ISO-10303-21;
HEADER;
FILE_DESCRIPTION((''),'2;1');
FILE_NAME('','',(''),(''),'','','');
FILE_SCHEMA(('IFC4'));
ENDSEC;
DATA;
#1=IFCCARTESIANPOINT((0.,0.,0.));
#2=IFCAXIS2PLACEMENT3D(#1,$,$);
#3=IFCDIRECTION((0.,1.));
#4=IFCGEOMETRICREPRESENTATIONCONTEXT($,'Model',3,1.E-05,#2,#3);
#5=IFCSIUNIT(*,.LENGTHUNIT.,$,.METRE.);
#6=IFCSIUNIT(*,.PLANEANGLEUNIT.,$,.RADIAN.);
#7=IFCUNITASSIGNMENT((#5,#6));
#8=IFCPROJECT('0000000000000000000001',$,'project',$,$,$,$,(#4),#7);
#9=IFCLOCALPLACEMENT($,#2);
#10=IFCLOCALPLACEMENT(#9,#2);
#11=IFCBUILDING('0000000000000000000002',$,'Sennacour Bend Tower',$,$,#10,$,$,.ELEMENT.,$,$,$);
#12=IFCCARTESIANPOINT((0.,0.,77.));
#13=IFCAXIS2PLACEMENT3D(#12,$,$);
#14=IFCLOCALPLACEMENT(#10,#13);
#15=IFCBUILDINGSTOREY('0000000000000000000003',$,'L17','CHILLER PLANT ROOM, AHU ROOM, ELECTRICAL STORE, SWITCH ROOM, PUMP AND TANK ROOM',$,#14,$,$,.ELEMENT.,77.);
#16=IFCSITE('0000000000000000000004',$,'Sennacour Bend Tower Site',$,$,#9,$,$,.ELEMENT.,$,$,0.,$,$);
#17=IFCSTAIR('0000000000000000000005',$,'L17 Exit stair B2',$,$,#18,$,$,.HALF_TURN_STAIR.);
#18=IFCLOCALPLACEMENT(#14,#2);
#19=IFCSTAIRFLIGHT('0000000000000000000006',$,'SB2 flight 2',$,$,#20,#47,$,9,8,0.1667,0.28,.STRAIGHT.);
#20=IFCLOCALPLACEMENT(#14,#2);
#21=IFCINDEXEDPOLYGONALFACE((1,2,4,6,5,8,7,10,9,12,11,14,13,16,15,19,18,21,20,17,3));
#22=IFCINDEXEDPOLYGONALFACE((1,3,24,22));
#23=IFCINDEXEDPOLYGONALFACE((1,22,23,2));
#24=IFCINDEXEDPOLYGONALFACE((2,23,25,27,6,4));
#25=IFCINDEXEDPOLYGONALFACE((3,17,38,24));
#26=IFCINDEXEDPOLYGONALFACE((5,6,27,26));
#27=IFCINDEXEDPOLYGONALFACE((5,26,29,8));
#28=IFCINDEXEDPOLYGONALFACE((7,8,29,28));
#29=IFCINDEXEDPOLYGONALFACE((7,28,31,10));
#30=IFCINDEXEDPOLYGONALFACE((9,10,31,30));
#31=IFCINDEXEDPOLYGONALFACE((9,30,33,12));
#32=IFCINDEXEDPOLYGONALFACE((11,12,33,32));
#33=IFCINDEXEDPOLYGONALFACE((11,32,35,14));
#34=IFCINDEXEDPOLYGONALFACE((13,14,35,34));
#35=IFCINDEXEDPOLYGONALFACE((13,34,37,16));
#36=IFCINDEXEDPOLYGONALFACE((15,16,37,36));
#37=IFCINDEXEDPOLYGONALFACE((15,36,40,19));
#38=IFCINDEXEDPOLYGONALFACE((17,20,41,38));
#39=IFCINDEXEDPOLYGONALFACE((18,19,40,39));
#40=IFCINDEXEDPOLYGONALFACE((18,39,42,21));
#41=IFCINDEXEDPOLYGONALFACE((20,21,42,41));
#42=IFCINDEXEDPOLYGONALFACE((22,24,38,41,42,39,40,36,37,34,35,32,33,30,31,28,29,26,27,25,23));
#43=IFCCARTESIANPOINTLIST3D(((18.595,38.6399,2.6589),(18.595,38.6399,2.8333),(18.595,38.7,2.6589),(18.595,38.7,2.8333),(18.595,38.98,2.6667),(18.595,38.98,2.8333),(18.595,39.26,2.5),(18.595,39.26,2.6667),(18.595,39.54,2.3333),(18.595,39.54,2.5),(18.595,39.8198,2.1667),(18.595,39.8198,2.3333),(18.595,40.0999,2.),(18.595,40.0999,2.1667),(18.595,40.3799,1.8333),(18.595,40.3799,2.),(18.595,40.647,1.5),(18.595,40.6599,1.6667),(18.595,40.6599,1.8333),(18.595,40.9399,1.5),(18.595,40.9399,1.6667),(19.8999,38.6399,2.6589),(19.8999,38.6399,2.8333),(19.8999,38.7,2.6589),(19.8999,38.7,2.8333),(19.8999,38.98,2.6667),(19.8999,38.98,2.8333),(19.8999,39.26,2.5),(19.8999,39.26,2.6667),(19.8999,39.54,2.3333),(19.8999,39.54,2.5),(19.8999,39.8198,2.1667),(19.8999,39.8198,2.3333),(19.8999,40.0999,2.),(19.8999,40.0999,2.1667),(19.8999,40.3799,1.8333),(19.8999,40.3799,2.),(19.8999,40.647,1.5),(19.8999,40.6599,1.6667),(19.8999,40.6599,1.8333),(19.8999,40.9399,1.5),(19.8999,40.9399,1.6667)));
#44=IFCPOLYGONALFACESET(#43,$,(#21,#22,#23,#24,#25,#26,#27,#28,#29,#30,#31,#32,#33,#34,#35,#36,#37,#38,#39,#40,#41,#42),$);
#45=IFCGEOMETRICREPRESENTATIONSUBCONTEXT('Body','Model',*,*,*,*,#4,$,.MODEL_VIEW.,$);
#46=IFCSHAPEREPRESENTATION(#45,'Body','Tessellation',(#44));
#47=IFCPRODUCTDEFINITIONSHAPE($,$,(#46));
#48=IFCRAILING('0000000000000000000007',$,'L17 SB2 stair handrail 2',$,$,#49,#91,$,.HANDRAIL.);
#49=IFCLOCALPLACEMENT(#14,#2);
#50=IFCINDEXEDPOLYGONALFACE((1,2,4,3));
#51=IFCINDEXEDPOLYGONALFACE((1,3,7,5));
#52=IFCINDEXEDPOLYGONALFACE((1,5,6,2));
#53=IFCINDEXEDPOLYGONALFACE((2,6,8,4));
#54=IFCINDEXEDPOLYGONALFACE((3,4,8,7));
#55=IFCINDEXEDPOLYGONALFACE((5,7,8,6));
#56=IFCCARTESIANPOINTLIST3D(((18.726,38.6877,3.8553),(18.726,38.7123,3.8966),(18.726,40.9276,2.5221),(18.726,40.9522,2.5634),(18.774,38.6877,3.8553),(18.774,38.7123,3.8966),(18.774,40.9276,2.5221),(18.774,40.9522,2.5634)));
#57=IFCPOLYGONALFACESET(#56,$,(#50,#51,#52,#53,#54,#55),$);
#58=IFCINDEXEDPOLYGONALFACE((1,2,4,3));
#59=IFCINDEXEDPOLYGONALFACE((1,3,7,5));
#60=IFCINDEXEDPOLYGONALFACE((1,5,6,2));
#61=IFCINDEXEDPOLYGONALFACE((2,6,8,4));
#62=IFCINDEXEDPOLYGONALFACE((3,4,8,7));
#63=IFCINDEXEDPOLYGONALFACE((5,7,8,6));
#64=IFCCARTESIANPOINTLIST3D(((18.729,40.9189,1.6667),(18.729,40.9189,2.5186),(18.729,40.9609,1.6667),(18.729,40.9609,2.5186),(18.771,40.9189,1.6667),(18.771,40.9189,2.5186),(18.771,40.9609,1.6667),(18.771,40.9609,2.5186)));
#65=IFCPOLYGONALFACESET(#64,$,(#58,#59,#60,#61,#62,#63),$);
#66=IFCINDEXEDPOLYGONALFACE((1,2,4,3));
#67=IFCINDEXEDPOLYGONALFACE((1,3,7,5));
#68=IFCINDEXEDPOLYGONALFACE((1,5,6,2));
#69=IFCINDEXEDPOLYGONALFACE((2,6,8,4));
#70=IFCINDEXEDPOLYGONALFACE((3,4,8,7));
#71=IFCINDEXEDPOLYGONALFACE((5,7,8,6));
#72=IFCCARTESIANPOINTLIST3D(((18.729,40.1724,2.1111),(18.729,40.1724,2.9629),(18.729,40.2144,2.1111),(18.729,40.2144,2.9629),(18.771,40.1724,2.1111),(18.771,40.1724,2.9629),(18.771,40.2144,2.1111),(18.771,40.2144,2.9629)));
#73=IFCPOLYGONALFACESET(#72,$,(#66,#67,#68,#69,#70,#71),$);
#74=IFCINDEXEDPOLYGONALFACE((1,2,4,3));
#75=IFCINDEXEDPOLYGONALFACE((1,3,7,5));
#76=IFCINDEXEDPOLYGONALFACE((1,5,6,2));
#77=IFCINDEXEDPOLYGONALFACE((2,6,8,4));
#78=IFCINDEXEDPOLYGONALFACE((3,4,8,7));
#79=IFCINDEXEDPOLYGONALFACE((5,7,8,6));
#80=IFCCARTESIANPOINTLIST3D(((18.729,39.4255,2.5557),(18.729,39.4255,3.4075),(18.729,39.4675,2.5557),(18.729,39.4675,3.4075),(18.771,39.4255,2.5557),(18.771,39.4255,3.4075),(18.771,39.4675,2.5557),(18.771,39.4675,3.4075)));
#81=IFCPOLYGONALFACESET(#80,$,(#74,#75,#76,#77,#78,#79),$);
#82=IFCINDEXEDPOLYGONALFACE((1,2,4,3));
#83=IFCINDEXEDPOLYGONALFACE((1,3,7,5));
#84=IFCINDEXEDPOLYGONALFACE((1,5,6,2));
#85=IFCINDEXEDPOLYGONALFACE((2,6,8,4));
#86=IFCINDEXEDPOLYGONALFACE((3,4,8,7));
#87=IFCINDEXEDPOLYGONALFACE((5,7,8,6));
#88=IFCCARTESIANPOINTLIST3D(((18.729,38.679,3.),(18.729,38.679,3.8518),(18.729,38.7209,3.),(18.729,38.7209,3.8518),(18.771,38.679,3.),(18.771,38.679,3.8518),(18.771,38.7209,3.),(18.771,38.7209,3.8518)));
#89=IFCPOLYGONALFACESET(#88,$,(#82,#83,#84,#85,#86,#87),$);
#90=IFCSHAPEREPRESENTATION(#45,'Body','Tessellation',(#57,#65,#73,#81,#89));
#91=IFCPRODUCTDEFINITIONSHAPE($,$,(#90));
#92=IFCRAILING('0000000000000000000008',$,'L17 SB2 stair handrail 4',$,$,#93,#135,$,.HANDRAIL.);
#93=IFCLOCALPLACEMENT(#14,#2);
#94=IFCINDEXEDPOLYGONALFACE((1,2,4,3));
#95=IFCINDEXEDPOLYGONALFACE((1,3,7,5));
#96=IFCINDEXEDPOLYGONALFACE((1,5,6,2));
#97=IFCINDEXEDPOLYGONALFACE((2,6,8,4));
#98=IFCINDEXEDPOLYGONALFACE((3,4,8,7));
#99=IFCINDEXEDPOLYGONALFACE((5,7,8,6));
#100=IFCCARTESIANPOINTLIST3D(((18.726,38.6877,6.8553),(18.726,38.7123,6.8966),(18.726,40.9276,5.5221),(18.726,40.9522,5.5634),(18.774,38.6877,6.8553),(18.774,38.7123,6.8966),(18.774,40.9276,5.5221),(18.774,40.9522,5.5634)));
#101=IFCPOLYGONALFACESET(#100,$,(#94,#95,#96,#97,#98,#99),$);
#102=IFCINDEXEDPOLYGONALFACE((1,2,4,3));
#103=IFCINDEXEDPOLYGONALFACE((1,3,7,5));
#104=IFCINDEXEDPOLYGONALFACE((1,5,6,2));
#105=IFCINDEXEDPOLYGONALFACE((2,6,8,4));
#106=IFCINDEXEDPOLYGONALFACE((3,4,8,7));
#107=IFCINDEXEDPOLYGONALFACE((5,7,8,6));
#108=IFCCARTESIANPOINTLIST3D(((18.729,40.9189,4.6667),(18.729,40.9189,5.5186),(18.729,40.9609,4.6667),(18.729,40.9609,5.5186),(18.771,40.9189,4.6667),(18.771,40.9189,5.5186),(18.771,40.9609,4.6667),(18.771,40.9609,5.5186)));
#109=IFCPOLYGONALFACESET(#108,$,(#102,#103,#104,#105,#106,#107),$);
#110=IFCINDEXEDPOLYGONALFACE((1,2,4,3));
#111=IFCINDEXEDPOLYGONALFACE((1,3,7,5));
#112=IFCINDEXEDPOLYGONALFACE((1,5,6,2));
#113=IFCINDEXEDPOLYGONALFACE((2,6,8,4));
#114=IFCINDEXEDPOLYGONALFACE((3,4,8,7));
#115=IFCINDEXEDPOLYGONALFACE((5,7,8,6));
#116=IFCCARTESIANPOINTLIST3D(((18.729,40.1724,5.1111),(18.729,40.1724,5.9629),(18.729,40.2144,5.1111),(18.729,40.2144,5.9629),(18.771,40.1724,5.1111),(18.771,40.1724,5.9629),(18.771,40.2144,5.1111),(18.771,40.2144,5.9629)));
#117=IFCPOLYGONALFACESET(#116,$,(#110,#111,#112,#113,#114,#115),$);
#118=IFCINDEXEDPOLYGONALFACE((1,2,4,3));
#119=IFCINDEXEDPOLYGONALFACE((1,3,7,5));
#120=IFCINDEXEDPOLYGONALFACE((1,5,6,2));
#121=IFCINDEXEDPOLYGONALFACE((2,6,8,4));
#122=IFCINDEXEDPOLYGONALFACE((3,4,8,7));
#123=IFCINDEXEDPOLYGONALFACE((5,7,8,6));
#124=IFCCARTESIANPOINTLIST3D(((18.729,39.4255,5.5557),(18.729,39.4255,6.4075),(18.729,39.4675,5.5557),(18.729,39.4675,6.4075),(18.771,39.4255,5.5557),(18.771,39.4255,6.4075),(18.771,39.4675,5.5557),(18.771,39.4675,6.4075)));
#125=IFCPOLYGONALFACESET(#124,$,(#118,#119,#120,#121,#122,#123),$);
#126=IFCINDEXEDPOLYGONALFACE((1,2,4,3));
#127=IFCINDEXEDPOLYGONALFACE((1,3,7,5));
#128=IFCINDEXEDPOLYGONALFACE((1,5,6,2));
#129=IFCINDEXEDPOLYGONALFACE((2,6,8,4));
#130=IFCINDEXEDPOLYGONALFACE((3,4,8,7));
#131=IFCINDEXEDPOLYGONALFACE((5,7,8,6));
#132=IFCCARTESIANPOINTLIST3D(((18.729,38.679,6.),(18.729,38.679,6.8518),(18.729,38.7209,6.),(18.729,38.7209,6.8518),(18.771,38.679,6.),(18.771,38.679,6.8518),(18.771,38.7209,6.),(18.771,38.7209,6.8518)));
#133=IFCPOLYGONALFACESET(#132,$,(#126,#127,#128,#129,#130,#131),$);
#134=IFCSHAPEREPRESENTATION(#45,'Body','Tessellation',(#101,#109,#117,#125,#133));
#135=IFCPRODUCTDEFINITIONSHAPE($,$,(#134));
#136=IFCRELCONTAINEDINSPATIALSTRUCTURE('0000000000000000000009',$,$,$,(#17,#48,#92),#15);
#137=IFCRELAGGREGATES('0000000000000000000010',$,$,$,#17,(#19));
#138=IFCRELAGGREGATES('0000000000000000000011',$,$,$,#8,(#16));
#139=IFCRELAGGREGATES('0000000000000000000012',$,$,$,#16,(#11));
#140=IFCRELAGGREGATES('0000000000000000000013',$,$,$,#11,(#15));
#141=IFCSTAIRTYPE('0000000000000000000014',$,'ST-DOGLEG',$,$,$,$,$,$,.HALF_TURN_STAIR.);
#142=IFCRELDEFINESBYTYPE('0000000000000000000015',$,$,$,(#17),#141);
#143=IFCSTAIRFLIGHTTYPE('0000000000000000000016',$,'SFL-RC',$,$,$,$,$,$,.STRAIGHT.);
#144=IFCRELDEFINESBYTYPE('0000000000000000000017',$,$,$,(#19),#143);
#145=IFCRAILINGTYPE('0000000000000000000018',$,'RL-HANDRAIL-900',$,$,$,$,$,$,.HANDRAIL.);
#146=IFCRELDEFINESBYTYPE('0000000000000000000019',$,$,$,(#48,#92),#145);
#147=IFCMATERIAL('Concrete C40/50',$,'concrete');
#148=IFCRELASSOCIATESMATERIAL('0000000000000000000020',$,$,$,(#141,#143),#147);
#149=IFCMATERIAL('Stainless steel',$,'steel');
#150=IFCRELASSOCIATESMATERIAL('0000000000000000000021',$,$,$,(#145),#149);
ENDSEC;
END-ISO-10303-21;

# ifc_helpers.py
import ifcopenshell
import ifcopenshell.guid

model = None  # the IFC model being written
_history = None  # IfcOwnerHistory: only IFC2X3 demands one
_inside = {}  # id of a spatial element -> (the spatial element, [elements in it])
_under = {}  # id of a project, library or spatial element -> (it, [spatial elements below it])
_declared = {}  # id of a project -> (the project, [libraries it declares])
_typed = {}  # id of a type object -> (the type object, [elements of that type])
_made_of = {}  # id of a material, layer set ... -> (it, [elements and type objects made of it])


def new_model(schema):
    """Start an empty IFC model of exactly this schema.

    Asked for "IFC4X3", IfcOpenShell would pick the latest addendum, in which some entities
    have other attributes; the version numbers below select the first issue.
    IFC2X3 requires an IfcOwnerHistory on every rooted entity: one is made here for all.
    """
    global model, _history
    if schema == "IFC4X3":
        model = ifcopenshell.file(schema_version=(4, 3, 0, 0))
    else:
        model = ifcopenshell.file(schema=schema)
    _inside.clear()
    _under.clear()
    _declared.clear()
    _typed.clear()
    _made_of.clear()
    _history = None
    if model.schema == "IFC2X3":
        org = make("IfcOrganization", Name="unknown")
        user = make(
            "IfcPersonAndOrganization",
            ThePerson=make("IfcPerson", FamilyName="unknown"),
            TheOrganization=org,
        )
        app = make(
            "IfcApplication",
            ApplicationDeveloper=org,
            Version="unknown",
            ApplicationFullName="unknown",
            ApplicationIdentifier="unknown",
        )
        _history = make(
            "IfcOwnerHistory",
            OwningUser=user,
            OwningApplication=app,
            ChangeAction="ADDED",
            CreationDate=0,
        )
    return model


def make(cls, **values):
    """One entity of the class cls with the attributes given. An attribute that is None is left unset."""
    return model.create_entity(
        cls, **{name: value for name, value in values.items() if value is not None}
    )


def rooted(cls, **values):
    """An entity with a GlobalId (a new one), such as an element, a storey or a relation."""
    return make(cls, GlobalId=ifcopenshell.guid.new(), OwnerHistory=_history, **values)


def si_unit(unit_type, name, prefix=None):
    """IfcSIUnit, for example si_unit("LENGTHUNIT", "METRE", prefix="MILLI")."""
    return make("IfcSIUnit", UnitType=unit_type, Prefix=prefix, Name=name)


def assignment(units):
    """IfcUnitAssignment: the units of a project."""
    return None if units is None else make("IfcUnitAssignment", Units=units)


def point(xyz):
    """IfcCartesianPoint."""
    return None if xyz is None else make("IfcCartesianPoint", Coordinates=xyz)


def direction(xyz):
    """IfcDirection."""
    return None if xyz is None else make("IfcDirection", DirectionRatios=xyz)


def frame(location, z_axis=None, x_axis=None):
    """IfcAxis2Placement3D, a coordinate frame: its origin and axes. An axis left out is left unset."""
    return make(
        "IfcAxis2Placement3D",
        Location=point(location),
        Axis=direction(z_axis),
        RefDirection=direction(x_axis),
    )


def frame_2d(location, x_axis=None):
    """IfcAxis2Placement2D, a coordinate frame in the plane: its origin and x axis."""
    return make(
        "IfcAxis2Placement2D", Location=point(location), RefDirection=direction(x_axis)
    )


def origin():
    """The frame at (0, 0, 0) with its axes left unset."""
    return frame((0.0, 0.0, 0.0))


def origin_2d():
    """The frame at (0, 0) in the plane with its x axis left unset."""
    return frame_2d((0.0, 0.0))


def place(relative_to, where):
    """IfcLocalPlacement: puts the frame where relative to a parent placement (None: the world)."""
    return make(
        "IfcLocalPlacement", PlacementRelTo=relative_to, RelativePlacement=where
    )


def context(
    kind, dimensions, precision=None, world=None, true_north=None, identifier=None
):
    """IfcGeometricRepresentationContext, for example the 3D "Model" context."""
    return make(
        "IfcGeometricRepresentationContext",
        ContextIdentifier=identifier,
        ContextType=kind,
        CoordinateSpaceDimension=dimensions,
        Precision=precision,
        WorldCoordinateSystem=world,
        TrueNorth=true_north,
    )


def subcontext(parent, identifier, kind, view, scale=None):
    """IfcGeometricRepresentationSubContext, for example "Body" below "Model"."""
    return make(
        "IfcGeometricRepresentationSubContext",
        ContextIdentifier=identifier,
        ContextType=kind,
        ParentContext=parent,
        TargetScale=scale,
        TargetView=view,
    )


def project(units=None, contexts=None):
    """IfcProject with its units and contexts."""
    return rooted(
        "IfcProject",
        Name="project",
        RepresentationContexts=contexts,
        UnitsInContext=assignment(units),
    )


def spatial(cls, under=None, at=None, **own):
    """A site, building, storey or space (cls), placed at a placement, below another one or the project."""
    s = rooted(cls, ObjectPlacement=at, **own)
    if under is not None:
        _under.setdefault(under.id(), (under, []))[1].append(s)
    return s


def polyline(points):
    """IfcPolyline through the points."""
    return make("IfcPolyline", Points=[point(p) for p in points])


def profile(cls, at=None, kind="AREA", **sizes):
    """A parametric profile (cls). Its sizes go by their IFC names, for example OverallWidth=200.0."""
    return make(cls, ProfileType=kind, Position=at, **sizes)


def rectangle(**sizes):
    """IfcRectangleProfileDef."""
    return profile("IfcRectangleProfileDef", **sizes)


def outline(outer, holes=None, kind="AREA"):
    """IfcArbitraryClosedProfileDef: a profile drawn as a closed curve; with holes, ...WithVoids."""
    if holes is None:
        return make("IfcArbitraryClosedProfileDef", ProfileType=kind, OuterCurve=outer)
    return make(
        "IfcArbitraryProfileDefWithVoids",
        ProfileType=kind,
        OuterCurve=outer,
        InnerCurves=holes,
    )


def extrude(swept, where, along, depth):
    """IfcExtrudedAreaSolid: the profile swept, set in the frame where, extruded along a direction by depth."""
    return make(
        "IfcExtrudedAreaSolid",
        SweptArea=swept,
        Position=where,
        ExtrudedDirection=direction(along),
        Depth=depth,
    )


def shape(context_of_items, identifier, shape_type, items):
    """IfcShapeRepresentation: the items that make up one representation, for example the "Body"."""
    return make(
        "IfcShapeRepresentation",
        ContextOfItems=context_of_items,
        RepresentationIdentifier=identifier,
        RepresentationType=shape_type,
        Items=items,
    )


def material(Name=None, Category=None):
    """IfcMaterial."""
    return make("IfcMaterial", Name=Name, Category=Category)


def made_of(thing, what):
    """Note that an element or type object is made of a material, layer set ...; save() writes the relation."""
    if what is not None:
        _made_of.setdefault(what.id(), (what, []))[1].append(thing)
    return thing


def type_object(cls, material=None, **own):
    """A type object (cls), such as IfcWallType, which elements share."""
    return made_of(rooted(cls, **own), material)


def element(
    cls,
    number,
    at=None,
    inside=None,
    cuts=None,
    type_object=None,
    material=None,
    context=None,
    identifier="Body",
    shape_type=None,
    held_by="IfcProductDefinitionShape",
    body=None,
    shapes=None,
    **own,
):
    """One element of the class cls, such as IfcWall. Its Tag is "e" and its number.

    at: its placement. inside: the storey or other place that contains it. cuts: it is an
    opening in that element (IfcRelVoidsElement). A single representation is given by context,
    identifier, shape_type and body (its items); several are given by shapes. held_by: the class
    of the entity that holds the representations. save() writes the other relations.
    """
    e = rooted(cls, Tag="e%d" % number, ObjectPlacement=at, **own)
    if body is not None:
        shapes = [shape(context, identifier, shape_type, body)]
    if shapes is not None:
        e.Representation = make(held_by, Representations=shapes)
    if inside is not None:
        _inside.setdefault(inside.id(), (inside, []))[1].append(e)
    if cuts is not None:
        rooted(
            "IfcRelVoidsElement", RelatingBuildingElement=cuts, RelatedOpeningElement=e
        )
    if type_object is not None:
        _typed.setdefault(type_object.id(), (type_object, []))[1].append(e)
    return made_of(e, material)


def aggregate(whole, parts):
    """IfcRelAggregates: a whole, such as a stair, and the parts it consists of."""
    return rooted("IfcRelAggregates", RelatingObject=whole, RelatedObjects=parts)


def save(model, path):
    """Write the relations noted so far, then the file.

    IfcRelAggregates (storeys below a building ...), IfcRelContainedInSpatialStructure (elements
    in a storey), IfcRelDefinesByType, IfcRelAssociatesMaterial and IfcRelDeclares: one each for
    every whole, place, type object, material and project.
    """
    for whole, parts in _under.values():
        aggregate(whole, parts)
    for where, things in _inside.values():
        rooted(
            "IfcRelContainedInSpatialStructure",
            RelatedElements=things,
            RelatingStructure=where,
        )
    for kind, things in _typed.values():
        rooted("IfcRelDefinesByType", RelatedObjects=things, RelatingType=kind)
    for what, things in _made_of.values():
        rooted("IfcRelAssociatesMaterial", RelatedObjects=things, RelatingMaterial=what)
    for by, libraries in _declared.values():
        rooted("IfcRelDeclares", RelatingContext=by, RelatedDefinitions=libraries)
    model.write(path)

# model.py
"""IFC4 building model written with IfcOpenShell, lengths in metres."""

from ifc_helpers import new_model, si_unit, direction, frame, origin, origin_2d, place, context, subcontext, project, spatial, polyline, rectangle, outline, extrude, material, type_object, element, aggregate, save


model = new_model("IFC4")

# Units and contexts
model_context = context("Model", 3, precision=1e-05, world=origin(), true_north=direction((0.0, 1.0)))
body_context = subcontext(model_context, "Body", "Model", "MODEL_VIEW")
ifc_project = project(units=[si_unit("LENGTHUNIT", "METRE"), si_unit("PLANEANGLEUNIT", "RADIAN")], contexts=[model_context])

# Site, building, storey
site_placement = place(None, origin())
site = spatial("IfcSite", under=ifc_project, at=site_placement, Name="Sennacour Bend Tower Site", CompositionType="ELEMENT", RefElevation=0.0)
building_placement = place(site_placement, origin())
building = spatial("IfcBuilding", under=site, at=building_placement, Name="Sennacour Bend Tower", CompositionType="ELEMENT")
storey_placement = place(building_placement, frame((0.0, 0.0, 77.0)))
storey = spatial("IfcBuildingStorey", under=building, at=storey_placement, Name="L17", Description="CHILLER PLANT ROOM, AHU ROOM, ELECTRICAL STORE, SWITCH ROOM, PUMP AND TANK ROOM", CompositionType="ELEMENT", Elevation=77.0)

# Shared definitions
ifc_material_1 = material(Name="Stainless steel", Category="steel")

# Stair, stair flight
ifc_material_2 = material(Name="Concrete C40/50", Category="concrete")
stair_type = type_object("IfcStairType", Name="ST-DOGLEG", PredefinedType="HALF_TURN_STAIR", material=ifc_material_2)
stair_placement = place(storey_placement, origin())
stair = element("IfcStair", 1, at=stair_placement, inside=storey, type_object=stair_type, Name="L17 Exit stair B2", PredefinedType="HALF_TURN_STAIR")
stair_flight_type = type_object("IfcStairFlightType", Name="SFL-RC", PredefinedType="STRAIGHT", material=ifc_material_2)
stair_flight_placement = place(storey_placement, frame((19.2476, 40.9399, 1.5), z_axis=(0.0, 0.0, 1.0), x_axis=(0.0, -1.0, 0.0)))
stair_flight = element("IfcStairFlight", 2, at=stair_flight_placement, type_object=stair_flight_type, Name="SB2 flight 2", NumberOfRisers=9, NumberOfTreads=8, PredefinedType="STRAIGHT", RiserHeight=0.1667, TreadLength=0.28, context=body_context, shape_type="SweptSolid", body=[
    extrude(outline(polyline([(0.0, 0.0), (0.0, 0.1667), (0.28, 0.1667), (0.28, 0.3333), (0.5601, 0.3333), (0.5601, 0.5), (0.8401, 0.5), (0.8401, 0.6667), (1.1201, 0.6667), (1.1201, 0.8333), (1.3999, 0.8333), (1.3999, 1.0), (1.6799, 1.0), (1.6799, 1.1667), (1.96, 1.1667), (1.96, 1.3333), (2.24, 1.3333), (2.3, 1.3333), (2.3, 1.1589), (2.24, 1.1589), (0.293, 0.0), (0.0, 0.0)])), frame((0.0, 0.6523, 0.0), z_axis=(0.0, -1.0, 0.0), x_axis=(1.0, 0.0, 0.0)), (0.0, 0.0, 1.0), 1.3049),
])
aggregate(stair, [stair_flight])

# Railings
railing_type = type_object("IfcRailingType", Name="RL-HANDRAIL-900", PredefinedType="HANDRAIL", material=ifc_material_1)
for number, where, name in (
    (3, (18.75, 40.9399, 1.6667), "L17 SB2 stair handrail 2"),
    (4, (18.75, 40.9399, 4.6667), "L17 SB2 stair handrail 4"),
):
    element("IfcRailing", number, at=place(storey_placement, frame(where)), inside=storey, type_object=railing_type, Name=name, PredefinedType="HANDRAIL", context=body_context, shape_type="SweptSolid", body=[
        extrude(rectangle(XDim=0.0481, YDim=0.0481, at=origin_2d()), frame((0.0, 0.0, 0.876), z_axis=(0.0, -0.859306, 0.511462), x_axis=(1.0, 0.0, 0.0)), (0.0, 0.0, 1.0), 2.6067),
        extrude(rectangle(XDim=0.042, YDim=0.042, at=origin_2d()), origin(), (0.0, 0.0, 1.0), 0.8518),
        extrude(rectangle(XDim=0.042, YDim=0.042, at=origin_2d()), frame((0.0, -0.7466, 0.4443)), (0.0, 0.0, 1.0), 0.8518),
        extrude(rectangle(XDim=0.042, YDim=0.042, at=origin_2d()), frame((0.0, -1.4934, 0.8889)), (0.0, 0.0, 1.0), 0.8518),
        extrude(rectangle(XDim=0.042, YDim=0.042, at=origin_2d()), frame((0.0, -2.24, 1.3333)), (0.0, 0.0, 1.0), 0.8518),
    ])

save(model, "model.ifc")
